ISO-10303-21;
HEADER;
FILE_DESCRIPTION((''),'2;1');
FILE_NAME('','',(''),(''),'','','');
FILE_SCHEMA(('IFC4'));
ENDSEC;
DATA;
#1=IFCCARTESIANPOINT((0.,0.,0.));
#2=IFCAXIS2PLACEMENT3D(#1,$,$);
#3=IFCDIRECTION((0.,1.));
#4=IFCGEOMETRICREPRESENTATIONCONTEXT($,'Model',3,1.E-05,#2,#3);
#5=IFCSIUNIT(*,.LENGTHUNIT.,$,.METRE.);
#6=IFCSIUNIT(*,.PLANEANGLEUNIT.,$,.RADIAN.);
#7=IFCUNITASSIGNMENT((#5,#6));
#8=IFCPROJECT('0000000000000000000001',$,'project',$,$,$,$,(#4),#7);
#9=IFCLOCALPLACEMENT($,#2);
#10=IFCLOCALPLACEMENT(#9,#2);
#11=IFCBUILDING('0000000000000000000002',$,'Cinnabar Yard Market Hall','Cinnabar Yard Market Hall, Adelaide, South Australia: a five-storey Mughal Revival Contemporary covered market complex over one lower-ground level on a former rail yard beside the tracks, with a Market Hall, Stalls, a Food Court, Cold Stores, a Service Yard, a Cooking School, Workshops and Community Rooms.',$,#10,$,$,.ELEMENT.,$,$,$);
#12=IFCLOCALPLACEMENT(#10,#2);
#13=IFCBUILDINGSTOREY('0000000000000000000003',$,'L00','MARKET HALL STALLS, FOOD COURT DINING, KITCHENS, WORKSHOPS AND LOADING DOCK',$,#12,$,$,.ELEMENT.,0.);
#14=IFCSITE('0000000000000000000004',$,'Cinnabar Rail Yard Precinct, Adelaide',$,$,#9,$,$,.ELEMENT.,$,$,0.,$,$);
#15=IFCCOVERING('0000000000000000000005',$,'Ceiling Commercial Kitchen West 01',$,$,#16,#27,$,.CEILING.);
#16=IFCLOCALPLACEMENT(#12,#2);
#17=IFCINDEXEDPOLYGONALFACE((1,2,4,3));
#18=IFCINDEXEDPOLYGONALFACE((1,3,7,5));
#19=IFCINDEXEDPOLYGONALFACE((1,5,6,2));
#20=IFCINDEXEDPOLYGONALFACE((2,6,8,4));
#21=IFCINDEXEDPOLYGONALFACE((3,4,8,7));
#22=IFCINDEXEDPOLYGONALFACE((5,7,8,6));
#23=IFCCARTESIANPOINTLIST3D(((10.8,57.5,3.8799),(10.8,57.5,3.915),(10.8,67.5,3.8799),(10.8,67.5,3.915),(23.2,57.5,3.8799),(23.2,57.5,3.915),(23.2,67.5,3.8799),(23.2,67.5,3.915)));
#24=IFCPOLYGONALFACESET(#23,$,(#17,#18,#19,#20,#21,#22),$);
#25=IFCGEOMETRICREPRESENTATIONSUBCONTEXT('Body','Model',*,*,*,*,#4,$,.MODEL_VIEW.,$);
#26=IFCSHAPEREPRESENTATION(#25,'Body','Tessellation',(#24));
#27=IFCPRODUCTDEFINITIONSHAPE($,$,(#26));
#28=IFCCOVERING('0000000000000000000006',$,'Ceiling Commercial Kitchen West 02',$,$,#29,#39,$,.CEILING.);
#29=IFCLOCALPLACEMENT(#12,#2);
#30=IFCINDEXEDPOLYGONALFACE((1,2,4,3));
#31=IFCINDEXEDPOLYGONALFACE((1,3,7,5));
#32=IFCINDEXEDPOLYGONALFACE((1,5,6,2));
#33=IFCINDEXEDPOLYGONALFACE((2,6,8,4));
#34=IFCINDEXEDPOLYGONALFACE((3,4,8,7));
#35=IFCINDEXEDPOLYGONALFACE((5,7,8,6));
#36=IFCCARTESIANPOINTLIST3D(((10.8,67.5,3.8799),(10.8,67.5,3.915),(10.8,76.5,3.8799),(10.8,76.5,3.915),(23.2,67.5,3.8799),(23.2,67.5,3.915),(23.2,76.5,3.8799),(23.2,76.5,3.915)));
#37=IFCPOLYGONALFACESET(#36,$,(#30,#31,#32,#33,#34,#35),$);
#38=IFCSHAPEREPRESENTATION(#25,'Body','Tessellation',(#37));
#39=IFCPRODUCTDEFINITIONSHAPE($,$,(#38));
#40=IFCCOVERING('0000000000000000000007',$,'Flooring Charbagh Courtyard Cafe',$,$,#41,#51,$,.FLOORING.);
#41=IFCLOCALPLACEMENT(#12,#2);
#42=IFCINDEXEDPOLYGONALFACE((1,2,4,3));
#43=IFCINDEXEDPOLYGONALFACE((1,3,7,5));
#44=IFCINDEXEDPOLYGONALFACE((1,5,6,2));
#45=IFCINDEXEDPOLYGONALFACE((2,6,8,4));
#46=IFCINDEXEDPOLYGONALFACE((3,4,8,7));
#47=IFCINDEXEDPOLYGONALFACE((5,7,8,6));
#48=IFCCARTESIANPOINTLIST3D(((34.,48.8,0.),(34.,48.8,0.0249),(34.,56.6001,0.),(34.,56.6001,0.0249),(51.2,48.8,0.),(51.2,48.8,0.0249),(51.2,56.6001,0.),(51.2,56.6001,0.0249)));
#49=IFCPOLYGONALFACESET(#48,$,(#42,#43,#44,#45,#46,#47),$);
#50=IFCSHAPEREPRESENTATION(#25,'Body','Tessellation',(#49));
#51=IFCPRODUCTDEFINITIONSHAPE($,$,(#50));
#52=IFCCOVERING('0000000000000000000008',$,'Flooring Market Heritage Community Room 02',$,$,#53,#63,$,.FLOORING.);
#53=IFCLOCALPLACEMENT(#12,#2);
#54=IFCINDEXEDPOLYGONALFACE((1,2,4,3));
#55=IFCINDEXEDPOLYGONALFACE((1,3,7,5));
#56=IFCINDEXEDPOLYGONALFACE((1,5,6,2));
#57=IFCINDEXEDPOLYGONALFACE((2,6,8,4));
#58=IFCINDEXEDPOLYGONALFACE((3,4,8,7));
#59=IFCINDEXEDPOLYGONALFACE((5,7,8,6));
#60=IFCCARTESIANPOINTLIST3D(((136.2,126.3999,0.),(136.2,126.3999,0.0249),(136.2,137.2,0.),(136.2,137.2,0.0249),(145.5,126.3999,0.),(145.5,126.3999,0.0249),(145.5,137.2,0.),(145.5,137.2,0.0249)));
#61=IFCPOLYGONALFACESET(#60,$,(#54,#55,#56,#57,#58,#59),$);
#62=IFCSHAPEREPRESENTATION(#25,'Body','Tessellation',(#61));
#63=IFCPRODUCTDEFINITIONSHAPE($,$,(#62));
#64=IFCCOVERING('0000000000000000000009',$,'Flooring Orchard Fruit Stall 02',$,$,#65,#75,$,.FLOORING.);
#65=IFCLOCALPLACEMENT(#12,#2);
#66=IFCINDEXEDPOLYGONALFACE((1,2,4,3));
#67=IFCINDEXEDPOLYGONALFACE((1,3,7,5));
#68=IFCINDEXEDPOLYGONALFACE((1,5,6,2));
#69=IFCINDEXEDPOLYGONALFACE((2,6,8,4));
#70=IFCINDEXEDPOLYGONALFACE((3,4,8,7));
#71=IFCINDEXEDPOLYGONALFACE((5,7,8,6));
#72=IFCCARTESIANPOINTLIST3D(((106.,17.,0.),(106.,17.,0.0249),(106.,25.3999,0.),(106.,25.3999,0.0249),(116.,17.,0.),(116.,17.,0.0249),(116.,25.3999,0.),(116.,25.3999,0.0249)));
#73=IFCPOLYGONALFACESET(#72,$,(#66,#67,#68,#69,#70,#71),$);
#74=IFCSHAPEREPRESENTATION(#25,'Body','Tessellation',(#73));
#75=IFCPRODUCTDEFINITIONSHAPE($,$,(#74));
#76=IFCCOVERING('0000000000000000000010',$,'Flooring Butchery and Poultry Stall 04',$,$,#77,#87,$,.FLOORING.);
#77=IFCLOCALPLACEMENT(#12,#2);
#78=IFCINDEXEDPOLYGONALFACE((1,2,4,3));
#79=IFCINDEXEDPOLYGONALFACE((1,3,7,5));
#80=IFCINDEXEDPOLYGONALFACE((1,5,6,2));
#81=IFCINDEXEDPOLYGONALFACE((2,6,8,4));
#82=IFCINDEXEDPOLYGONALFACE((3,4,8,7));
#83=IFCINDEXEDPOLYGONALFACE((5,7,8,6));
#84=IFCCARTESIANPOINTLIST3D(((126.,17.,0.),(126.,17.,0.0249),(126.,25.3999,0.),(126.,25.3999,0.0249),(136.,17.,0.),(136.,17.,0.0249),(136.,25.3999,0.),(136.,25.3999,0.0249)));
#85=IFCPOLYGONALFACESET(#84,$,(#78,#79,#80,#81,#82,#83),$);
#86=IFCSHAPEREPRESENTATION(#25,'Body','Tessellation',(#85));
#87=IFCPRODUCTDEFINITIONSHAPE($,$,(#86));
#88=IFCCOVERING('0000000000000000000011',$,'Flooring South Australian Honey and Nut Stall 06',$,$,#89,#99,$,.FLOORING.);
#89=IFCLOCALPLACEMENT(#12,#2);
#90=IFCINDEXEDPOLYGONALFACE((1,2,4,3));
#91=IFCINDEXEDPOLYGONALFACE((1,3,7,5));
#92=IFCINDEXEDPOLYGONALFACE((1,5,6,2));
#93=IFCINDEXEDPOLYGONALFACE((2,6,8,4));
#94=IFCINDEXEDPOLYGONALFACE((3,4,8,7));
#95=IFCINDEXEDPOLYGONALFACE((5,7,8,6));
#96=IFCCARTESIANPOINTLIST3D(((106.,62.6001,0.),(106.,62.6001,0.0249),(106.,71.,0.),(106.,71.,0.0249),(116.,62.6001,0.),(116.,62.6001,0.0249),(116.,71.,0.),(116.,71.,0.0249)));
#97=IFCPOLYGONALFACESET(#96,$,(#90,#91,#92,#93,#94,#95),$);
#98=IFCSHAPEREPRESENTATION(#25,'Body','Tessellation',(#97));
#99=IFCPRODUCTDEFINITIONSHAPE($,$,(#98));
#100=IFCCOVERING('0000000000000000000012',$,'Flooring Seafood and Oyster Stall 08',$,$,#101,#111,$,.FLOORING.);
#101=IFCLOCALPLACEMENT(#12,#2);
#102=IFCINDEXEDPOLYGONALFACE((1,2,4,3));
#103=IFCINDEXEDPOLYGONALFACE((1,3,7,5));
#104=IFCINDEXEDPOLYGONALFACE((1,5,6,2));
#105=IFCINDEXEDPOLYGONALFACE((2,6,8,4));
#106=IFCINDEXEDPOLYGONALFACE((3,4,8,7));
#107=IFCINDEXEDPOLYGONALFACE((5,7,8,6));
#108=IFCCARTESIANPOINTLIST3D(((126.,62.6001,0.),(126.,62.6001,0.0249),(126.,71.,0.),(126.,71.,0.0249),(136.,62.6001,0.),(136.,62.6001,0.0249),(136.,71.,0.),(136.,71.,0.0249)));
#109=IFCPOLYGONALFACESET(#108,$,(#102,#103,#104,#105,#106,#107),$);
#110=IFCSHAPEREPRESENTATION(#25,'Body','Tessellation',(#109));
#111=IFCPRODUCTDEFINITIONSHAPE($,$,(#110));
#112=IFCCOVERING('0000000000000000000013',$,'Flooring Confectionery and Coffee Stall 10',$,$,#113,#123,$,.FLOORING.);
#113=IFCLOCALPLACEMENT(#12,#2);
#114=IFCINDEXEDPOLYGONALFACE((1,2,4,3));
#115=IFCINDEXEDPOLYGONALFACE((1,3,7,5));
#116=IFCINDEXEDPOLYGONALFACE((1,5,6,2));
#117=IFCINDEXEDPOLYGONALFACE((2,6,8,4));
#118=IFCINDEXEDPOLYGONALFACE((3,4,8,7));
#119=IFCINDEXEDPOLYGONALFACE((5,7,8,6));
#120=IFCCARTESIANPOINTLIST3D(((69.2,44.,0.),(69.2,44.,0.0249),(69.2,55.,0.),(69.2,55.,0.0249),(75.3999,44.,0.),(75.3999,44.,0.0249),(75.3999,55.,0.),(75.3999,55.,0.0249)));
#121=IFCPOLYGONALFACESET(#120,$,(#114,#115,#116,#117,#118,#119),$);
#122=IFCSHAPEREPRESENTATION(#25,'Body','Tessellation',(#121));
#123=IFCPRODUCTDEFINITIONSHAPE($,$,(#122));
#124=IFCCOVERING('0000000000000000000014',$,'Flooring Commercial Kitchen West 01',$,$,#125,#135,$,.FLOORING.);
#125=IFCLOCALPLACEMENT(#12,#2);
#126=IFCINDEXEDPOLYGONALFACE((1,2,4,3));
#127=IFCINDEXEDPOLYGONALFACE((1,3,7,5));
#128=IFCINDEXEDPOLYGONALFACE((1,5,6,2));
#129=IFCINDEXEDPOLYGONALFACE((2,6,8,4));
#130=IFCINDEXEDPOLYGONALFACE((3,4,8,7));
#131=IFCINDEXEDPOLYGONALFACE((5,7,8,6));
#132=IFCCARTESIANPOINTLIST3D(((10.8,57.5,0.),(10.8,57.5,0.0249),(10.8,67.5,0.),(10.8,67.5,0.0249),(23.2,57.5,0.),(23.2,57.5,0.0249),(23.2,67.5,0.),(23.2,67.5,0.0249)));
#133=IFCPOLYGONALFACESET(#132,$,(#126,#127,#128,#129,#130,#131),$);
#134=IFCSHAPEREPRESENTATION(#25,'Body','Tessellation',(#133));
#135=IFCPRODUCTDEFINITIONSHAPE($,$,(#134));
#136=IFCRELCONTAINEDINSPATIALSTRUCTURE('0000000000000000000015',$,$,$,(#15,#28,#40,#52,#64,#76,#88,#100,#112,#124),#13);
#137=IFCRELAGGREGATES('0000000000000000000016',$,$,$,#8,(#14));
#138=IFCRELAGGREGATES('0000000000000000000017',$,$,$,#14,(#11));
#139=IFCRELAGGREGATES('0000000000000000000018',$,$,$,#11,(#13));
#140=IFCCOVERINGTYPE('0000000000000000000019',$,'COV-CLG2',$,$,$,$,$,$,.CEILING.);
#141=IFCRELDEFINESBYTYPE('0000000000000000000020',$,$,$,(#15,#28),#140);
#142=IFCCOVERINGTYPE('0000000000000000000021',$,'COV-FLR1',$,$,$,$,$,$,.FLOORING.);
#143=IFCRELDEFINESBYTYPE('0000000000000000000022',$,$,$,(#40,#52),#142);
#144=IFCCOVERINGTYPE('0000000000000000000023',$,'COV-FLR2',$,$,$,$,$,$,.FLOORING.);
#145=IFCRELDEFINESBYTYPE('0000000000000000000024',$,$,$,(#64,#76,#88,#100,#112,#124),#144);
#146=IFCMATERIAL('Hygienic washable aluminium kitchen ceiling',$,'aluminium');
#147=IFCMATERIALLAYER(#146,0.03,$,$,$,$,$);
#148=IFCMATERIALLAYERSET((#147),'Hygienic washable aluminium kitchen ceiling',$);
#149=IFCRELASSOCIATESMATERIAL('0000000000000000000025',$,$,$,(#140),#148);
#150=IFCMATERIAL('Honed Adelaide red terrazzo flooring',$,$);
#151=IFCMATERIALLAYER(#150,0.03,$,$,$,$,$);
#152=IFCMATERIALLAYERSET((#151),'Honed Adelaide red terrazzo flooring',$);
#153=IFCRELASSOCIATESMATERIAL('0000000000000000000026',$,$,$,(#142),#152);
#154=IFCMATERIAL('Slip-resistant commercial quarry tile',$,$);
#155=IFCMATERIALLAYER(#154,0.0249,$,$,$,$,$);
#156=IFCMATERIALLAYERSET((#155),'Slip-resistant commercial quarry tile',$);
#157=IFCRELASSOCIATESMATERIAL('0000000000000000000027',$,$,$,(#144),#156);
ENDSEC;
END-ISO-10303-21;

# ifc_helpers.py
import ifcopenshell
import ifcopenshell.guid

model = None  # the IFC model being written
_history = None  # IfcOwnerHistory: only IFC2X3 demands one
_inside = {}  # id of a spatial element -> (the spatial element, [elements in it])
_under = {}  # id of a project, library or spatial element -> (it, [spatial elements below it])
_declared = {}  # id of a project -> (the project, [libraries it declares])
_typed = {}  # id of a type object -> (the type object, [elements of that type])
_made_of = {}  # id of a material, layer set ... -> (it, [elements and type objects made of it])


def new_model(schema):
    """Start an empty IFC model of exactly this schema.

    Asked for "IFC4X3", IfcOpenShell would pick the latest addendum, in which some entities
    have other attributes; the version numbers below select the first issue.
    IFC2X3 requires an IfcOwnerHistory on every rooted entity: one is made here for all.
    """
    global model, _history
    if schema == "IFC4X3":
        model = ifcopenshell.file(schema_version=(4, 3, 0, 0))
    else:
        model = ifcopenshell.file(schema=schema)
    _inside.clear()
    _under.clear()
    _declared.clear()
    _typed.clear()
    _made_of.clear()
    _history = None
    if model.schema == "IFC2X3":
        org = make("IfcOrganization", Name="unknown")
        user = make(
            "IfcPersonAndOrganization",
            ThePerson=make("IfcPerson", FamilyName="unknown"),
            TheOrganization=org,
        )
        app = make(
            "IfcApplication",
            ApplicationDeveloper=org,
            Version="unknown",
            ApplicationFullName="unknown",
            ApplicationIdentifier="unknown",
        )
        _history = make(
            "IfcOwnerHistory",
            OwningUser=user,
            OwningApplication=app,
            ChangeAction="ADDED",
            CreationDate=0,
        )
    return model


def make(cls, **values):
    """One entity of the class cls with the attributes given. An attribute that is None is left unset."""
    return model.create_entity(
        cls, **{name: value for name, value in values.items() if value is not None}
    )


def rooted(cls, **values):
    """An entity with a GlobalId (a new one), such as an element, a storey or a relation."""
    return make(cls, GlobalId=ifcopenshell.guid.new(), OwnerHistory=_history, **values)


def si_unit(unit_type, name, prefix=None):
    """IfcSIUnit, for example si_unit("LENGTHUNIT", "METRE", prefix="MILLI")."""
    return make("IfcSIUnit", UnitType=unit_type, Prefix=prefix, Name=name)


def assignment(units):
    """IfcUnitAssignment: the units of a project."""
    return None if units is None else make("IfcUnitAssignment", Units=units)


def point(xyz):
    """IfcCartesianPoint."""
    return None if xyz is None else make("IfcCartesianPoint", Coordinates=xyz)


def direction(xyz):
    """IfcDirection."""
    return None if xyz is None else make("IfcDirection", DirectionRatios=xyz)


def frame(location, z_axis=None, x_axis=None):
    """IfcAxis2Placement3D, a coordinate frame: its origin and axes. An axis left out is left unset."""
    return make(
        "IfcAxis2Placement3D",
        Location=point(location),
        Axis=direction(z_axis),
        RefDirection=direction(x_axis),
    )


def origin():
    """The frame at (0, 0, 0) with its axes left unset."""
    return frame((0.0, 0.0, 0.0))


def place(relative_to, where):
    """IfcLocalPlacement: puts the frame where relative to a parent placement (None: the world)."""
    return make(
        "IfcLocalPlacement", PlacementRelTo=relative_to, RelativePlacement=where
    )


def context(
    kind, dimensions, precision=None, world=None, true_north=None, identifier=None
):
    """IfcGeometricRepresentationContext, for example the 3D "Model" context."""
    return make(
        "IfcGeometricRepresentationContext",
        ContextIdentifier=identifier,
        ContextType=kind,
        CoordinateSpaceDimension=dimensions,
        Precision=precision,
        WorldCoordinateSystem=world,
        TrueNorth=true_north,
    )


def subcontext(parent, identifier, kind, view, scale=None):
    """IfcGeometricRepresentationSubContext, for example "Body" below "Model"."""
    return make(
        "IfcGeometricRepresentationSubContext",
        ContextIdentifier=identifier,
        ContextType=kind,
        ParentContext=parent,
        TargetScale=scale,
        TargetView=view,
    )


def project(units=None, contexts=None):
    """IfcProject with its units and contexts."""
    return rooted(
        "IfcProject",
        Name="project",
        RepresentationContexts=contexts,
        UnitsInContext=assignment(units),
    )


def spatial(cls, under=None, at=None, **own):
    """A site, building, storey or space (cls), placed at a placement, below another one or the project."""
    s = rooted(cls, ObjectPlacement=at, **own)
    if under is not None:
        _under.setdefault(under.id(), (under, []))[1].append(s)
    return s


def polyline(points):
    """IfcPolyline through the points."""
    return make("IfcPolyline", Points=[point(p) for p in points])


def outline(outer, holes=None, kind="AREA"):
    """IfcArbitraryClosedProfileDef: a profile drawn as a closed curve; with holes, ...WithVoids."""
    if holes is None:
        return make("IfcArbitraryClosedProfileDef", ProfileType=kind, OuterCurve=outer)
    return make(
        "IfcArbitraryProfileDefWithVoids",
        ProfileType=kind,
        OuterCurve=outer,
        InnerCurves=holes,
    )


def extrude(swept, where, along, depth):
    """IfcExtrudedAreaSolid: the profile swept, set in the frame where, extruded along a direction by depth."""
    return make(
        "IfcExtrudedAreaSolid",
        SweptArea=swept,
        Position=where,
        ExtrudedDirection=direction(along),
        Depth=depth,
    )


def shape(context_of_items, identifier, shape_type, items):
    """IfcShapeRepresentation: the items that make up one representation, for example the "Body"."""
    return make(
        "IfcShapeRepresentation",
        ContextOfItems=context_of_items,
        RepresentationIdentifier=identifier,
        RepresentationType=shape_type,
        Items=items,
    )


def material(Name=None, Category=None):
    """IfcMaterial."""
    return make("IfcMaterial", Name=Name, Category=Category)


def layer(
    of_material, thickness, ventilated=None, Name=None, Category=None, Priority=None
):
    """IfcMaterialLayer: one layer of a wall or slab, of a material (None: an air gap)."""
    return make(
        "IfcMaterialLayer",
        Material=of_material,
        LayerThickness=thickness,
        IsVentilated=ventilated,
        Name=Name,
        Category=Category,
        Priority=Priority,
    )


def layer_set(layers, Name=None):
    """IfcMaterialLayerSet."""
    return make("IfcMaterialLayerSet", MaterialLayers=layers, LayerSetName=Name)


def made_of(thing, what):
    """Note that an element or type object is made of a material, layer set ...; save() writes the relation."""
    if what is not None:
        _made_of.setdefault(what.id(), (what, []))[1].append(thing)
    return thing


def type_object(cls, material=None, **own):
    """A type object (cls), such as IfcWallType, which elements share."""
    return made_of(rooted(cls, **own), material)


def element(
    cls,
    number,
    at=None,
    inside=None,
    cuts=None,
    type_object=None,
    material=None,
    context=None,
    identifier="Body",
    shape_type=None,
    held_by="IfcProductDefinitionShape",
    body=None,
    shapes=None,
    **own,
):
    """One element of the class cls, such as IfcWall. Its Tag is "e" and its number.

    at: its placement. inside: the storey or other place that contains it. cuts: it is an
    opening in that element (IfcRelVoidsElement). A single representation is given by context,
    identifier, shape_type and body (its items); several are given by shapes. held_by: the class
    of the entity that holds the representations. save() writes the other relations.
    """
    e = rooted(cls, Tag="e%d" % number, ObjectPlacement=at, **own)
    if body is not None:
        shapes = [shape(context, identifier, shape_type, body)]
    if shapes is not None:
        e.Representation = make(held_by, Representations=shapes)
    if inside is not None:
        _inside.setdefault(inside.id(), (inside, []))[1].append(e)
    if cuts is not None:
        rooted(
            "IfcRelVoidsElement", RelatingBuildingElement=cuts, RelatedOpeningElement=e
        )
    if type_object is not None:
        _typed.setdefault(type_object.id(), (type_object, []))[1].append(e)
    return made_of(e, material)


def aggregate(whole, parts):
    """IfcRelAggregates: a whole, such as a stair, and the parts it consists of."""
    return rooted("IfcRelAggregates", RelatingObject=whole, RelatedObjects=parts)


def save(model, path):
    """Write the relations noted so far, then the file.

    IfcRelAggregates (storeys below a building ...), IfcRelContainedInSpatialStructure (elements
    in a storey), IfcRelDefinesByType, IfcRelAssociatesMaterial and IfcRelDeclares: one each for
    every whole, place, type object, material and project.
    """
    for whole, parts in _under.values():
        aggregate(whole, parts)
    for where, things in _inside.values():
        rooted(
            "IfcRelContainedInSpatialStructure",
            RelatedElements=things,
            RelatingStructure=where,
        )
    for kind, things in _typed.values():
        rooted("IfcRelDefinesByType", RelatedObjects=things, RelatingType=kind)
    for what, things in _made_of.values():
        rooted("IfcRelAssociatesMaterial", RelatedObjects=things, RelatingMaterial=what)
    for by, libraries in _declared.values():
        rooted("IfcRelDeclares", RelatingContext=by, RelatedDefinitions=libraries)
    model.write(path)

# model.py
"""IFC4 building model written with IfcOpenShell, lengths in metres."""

from ifc_helpers import new_model, si_unit, direction, frame, origin, place, context, subcontext, project, spatial, polyline, outline, extrude, material, layer, layer_set, type_object, element, save


model = new_model("IFC4")

# Units and contexts
model_context = context("Model", 3, precision=1e-05, world=origin(), true_north=direction((0.0, 1.0)))
body_context = subcontext(model_context, "Body", "Model", "MODEL_VIEW")
ifc_project = project(units=[si_unit("LENGTHUNIT", "METRE"), si_unit("PLANEANGLEUNIT", "RADIAN")], contexts=[model_context])

# Site, building, storey
site_placement = place(None, origin())
site = spatial("IfcSite", under=ifc_project, at=site_placement, Name="Cinnabar Rail Yard Precinct, Adelaide", CompositionType="ELEMENT", RefElevation=0.0)
building_placement = place(site_placement, origin())
building = spatial("IfcBuilding", under=site, at=building_placement, Name="Cinnabar Yard Market Hall", Description="Cinnabar Yard Market Hall, Adelaide, South Australia: a five-storey Mughal Revival Contemporary covered market complex over one lower-ground level on a former rail yard beside the tracks, with a Market Hall, Stalls, a Food Court, Cold Stores, a Service Yard, a Cooking School, Workshops and Community Rooms.", CompositionType="ELEMENT")
storey_placement = place(building_placement, origin())
storey = spatial("IfcBuildingStorey", under=building, at=storey_placement, Name="L00", Description="MARKET HALL STALLS, FOOD COURT DINING, KITCHENS, WORKSHOPS AND LOADING DOCK", CompositionType="ELEMENT", Elevation=0.0)

# Coverings
ifc_material_1 = material(Name="Hygienic washable aluminium kitchen ceiling", Category="aluminium")
ifc_layer_1 = layer(ifc_material_1, 0.03)
ifc_layer_set_1 = layer_set([ifc_layer_1], Name="Hygienic washable aluminium kitchen ceiling")
covering_type_1 = type_object("IfcCoveringType", Name="COV-CLG2", PredefinedType="CEILING", material=ifc_layer_set_1)
covering_1_placement = place(storey_placement, frame((0.0, 0.0, 3.8799)))
element("IfcCovering", 1, at=covering_1_placement, inside=storey, type_object=covering_type_1, Name="Ceiling Commercial Kitchen West 01", PredefinedType="CEILING", context=body_context, shape_type="SweptSolid", body=[
    extrude(outline(polyline([(10.8, 57.5), (23.2, 57.5), (23.2, 67.5), (10.8, 67.5), (10.8, 57.5)])), origin(), (0.0, 0.0, 1.0), 0.0352),
])
covering_2_placement = place(storey_placement, frame((0.0, 0.0, 3.8799)))
element("IfcCovering", 2, at=covering_2_placement, inside=storey, type_object=covering_type_1, Name="Ceiling Commercial Kitchen West 02", PredefinedType="CEILING", context=body_context, shape_type="SweptSolid", body=[
    extrude(outline(polyline([(10.8, 67.5), (23.2, 67.5), (23.2, 76.5), (10.8, 76.5), (10.8, 67.5)])), origin(), (0.0, 0.0, 1.0), 0.0352),
])
ifc_material_2 = material(Name="Honed Adelaide red terrazzo flooring")
ifc_layer_2 = layer(ifc_material_2, 0.03)
ifc_layer_set_2 = layer_set([ifc_layer_2], Name="Honed Adelaide red terrazzo flooring")
covering_type_2 = type_object("IfcCoveringType", Name="COV-FLR1", PredefinedType="FLOORING", material=ifc_layer_set_2)
covering_3_placement = place(storey_placement, origin())
element("IfcCovering", 3, at=covering_3_placement, inside=storey, type_object=covering_type_2, Name="Flooring Charbagh Courtyard Cafe", PredefinedType="FLOORING", context=body_context, shape_type="SweptSolid", body=[
    extrude(outline(polyline([(34.0, 48.8), (51.2, 48.8), (51.2, 56.6001), (34.0, 56.6001), (34.0, 48.8)])), origin(), (0.0, 0.0, 1.0), 0.0249),
])
covering_4_placement = place(storey_placement, origin())
element("IfcCovering", 4, at=covering_4_placement, inside=storey, type_object=covering_type_2, Name="Flooring Market Heritage Community Room 02", PredefinedType="FLOORING", context=body_context, shape_type="SweptSolid", body=[
    extrude(outline(polyline([(136.2, 126.3999), (145.5, 126.3999), (145.5, 137.2), (136.2, 137.2), (136.2, 126.3999)])), origin(), (0.0, 0.0, 1.0), 0.0249),
])
ifc_material_3 = material(Name="Slip-resistant commercial quarry tile")
ifc_layer_3 = layer(ifc_material_3, 0.0249)
ifc_layer_set_3 = layer_set([ifc_layer_3], Name="Slip-resistant commercial quarry tile")
covering_type_3 = type_object("IfcCoveringType", Name="COV-FLR2", PredefinedType="FLOORING", material=ifc_layer_set_3)
covering_5_placement = place(storey_placement, origin())
element("IfcCovering", 5, at=covering_5_placement, inside=storey, type_object=covering_type_3, Name="Flooring Orchard Fruit Stall 02", PredefinedType="FLOORING", context=body_context, shape_type="SweptSolid", body=[
    extrude(outline(polyline([(106.0, 17.0), (116.0, 17.0), (116.0, 25.3999), (106.0, 25.3999), (106.0, 17.0)])), origin(), (0.0, 0.0, 1.0), 0.0249),
])
covering_6_placement = place(storey_placement, origin())
element("IfcCovering", 6, at=covering_6_placement, inside=storey, type_object=covering_type_3, Name="Flooring Butchery and Poultry Stall 04", PredefinedType="FLOORING", context=body_context, shape_type="SweptSolid", body=[
    extrude(outline(polyline([(126.0, 17.0), (136.0, 17.0), (136.0, 25.3999), (126.0, 25.3999), (126.0, 17.0)])), origin(), (0.0, 0.0, 1.0), 0.0249),
])
covering_7_placement = place(storey_placement, origin())
element("IfcCovering", 7, at=covering_7_placement, inside=storey, type_object=covering_type_3, Name="Flooring South Australian Honey and Nut Stall 06", PredefinedType="FLOORING", context=body_context, shape_type="SweptSolid", body=[
    extrude(outline(polyline([(106.0, 62.6001), (116.0, 62.6001), (116.0, 71.0), (106.0, 71.0), (106.0, 62.6001)])), origin(), (0.0, 0.0, 1.0), 0.0249),
])
covering_8_placement = place(storey_placement, origin())
element("IfcCovering", 8, at=covering_8_placement, inside=storey, type_object=covering_type_3, Name="Flooring Seafood and Oyster Stall 08", PredefinedType="FLOORING", context=body_context, shape_type="SweptSolid", body=[
    extrude(outline(polyline([(126.0, 62.6001), (136.0, 62.6001), (136.0, 71.0), (126.0, 71.0), (126.0, 62.6001)])), origin(), (0.0, 0.0, 1.0), 0.0249),
])
covering_9_placement = place(storey_placement, origin())
element("IfcCovering", 9, at=covering_9_placement, inside=storey, type_object=covering_type_3, Name="Flooring Confectionery and Coffee Stall 10", PredefinedType="FLOORING", context=body_context, shape_type="SweptSolid", body=[
    extrude(outline(polyline([(69.2, 44.0), (75.3999, 44.0), (75.3999, 55.0), (69.2, 55.0), (69.2, 44.0)])), origin(), (0.0, 0.0, 1.0), 0.0249),
])
covering_10_placement = place(storey_placement, origin())
element("IfcCovering", 10, at=covering_10_placement, inside=storey, type_object=covering_type_3, Name="Flooring Commercial Kitchen West 01", PredefinedType="FLOORING", context=body_context, shape_type="SweptSolid", body=[
    extrude(outline(polyline([(10.8, 57.5), (23.2, 57.5), (23.2, 67.5), (10.8, 67.5), (10.8, 57.5)])), origin(), (0.0, 0.0, 1.0), 0.0249),
])

save(model, "model.ifc")
